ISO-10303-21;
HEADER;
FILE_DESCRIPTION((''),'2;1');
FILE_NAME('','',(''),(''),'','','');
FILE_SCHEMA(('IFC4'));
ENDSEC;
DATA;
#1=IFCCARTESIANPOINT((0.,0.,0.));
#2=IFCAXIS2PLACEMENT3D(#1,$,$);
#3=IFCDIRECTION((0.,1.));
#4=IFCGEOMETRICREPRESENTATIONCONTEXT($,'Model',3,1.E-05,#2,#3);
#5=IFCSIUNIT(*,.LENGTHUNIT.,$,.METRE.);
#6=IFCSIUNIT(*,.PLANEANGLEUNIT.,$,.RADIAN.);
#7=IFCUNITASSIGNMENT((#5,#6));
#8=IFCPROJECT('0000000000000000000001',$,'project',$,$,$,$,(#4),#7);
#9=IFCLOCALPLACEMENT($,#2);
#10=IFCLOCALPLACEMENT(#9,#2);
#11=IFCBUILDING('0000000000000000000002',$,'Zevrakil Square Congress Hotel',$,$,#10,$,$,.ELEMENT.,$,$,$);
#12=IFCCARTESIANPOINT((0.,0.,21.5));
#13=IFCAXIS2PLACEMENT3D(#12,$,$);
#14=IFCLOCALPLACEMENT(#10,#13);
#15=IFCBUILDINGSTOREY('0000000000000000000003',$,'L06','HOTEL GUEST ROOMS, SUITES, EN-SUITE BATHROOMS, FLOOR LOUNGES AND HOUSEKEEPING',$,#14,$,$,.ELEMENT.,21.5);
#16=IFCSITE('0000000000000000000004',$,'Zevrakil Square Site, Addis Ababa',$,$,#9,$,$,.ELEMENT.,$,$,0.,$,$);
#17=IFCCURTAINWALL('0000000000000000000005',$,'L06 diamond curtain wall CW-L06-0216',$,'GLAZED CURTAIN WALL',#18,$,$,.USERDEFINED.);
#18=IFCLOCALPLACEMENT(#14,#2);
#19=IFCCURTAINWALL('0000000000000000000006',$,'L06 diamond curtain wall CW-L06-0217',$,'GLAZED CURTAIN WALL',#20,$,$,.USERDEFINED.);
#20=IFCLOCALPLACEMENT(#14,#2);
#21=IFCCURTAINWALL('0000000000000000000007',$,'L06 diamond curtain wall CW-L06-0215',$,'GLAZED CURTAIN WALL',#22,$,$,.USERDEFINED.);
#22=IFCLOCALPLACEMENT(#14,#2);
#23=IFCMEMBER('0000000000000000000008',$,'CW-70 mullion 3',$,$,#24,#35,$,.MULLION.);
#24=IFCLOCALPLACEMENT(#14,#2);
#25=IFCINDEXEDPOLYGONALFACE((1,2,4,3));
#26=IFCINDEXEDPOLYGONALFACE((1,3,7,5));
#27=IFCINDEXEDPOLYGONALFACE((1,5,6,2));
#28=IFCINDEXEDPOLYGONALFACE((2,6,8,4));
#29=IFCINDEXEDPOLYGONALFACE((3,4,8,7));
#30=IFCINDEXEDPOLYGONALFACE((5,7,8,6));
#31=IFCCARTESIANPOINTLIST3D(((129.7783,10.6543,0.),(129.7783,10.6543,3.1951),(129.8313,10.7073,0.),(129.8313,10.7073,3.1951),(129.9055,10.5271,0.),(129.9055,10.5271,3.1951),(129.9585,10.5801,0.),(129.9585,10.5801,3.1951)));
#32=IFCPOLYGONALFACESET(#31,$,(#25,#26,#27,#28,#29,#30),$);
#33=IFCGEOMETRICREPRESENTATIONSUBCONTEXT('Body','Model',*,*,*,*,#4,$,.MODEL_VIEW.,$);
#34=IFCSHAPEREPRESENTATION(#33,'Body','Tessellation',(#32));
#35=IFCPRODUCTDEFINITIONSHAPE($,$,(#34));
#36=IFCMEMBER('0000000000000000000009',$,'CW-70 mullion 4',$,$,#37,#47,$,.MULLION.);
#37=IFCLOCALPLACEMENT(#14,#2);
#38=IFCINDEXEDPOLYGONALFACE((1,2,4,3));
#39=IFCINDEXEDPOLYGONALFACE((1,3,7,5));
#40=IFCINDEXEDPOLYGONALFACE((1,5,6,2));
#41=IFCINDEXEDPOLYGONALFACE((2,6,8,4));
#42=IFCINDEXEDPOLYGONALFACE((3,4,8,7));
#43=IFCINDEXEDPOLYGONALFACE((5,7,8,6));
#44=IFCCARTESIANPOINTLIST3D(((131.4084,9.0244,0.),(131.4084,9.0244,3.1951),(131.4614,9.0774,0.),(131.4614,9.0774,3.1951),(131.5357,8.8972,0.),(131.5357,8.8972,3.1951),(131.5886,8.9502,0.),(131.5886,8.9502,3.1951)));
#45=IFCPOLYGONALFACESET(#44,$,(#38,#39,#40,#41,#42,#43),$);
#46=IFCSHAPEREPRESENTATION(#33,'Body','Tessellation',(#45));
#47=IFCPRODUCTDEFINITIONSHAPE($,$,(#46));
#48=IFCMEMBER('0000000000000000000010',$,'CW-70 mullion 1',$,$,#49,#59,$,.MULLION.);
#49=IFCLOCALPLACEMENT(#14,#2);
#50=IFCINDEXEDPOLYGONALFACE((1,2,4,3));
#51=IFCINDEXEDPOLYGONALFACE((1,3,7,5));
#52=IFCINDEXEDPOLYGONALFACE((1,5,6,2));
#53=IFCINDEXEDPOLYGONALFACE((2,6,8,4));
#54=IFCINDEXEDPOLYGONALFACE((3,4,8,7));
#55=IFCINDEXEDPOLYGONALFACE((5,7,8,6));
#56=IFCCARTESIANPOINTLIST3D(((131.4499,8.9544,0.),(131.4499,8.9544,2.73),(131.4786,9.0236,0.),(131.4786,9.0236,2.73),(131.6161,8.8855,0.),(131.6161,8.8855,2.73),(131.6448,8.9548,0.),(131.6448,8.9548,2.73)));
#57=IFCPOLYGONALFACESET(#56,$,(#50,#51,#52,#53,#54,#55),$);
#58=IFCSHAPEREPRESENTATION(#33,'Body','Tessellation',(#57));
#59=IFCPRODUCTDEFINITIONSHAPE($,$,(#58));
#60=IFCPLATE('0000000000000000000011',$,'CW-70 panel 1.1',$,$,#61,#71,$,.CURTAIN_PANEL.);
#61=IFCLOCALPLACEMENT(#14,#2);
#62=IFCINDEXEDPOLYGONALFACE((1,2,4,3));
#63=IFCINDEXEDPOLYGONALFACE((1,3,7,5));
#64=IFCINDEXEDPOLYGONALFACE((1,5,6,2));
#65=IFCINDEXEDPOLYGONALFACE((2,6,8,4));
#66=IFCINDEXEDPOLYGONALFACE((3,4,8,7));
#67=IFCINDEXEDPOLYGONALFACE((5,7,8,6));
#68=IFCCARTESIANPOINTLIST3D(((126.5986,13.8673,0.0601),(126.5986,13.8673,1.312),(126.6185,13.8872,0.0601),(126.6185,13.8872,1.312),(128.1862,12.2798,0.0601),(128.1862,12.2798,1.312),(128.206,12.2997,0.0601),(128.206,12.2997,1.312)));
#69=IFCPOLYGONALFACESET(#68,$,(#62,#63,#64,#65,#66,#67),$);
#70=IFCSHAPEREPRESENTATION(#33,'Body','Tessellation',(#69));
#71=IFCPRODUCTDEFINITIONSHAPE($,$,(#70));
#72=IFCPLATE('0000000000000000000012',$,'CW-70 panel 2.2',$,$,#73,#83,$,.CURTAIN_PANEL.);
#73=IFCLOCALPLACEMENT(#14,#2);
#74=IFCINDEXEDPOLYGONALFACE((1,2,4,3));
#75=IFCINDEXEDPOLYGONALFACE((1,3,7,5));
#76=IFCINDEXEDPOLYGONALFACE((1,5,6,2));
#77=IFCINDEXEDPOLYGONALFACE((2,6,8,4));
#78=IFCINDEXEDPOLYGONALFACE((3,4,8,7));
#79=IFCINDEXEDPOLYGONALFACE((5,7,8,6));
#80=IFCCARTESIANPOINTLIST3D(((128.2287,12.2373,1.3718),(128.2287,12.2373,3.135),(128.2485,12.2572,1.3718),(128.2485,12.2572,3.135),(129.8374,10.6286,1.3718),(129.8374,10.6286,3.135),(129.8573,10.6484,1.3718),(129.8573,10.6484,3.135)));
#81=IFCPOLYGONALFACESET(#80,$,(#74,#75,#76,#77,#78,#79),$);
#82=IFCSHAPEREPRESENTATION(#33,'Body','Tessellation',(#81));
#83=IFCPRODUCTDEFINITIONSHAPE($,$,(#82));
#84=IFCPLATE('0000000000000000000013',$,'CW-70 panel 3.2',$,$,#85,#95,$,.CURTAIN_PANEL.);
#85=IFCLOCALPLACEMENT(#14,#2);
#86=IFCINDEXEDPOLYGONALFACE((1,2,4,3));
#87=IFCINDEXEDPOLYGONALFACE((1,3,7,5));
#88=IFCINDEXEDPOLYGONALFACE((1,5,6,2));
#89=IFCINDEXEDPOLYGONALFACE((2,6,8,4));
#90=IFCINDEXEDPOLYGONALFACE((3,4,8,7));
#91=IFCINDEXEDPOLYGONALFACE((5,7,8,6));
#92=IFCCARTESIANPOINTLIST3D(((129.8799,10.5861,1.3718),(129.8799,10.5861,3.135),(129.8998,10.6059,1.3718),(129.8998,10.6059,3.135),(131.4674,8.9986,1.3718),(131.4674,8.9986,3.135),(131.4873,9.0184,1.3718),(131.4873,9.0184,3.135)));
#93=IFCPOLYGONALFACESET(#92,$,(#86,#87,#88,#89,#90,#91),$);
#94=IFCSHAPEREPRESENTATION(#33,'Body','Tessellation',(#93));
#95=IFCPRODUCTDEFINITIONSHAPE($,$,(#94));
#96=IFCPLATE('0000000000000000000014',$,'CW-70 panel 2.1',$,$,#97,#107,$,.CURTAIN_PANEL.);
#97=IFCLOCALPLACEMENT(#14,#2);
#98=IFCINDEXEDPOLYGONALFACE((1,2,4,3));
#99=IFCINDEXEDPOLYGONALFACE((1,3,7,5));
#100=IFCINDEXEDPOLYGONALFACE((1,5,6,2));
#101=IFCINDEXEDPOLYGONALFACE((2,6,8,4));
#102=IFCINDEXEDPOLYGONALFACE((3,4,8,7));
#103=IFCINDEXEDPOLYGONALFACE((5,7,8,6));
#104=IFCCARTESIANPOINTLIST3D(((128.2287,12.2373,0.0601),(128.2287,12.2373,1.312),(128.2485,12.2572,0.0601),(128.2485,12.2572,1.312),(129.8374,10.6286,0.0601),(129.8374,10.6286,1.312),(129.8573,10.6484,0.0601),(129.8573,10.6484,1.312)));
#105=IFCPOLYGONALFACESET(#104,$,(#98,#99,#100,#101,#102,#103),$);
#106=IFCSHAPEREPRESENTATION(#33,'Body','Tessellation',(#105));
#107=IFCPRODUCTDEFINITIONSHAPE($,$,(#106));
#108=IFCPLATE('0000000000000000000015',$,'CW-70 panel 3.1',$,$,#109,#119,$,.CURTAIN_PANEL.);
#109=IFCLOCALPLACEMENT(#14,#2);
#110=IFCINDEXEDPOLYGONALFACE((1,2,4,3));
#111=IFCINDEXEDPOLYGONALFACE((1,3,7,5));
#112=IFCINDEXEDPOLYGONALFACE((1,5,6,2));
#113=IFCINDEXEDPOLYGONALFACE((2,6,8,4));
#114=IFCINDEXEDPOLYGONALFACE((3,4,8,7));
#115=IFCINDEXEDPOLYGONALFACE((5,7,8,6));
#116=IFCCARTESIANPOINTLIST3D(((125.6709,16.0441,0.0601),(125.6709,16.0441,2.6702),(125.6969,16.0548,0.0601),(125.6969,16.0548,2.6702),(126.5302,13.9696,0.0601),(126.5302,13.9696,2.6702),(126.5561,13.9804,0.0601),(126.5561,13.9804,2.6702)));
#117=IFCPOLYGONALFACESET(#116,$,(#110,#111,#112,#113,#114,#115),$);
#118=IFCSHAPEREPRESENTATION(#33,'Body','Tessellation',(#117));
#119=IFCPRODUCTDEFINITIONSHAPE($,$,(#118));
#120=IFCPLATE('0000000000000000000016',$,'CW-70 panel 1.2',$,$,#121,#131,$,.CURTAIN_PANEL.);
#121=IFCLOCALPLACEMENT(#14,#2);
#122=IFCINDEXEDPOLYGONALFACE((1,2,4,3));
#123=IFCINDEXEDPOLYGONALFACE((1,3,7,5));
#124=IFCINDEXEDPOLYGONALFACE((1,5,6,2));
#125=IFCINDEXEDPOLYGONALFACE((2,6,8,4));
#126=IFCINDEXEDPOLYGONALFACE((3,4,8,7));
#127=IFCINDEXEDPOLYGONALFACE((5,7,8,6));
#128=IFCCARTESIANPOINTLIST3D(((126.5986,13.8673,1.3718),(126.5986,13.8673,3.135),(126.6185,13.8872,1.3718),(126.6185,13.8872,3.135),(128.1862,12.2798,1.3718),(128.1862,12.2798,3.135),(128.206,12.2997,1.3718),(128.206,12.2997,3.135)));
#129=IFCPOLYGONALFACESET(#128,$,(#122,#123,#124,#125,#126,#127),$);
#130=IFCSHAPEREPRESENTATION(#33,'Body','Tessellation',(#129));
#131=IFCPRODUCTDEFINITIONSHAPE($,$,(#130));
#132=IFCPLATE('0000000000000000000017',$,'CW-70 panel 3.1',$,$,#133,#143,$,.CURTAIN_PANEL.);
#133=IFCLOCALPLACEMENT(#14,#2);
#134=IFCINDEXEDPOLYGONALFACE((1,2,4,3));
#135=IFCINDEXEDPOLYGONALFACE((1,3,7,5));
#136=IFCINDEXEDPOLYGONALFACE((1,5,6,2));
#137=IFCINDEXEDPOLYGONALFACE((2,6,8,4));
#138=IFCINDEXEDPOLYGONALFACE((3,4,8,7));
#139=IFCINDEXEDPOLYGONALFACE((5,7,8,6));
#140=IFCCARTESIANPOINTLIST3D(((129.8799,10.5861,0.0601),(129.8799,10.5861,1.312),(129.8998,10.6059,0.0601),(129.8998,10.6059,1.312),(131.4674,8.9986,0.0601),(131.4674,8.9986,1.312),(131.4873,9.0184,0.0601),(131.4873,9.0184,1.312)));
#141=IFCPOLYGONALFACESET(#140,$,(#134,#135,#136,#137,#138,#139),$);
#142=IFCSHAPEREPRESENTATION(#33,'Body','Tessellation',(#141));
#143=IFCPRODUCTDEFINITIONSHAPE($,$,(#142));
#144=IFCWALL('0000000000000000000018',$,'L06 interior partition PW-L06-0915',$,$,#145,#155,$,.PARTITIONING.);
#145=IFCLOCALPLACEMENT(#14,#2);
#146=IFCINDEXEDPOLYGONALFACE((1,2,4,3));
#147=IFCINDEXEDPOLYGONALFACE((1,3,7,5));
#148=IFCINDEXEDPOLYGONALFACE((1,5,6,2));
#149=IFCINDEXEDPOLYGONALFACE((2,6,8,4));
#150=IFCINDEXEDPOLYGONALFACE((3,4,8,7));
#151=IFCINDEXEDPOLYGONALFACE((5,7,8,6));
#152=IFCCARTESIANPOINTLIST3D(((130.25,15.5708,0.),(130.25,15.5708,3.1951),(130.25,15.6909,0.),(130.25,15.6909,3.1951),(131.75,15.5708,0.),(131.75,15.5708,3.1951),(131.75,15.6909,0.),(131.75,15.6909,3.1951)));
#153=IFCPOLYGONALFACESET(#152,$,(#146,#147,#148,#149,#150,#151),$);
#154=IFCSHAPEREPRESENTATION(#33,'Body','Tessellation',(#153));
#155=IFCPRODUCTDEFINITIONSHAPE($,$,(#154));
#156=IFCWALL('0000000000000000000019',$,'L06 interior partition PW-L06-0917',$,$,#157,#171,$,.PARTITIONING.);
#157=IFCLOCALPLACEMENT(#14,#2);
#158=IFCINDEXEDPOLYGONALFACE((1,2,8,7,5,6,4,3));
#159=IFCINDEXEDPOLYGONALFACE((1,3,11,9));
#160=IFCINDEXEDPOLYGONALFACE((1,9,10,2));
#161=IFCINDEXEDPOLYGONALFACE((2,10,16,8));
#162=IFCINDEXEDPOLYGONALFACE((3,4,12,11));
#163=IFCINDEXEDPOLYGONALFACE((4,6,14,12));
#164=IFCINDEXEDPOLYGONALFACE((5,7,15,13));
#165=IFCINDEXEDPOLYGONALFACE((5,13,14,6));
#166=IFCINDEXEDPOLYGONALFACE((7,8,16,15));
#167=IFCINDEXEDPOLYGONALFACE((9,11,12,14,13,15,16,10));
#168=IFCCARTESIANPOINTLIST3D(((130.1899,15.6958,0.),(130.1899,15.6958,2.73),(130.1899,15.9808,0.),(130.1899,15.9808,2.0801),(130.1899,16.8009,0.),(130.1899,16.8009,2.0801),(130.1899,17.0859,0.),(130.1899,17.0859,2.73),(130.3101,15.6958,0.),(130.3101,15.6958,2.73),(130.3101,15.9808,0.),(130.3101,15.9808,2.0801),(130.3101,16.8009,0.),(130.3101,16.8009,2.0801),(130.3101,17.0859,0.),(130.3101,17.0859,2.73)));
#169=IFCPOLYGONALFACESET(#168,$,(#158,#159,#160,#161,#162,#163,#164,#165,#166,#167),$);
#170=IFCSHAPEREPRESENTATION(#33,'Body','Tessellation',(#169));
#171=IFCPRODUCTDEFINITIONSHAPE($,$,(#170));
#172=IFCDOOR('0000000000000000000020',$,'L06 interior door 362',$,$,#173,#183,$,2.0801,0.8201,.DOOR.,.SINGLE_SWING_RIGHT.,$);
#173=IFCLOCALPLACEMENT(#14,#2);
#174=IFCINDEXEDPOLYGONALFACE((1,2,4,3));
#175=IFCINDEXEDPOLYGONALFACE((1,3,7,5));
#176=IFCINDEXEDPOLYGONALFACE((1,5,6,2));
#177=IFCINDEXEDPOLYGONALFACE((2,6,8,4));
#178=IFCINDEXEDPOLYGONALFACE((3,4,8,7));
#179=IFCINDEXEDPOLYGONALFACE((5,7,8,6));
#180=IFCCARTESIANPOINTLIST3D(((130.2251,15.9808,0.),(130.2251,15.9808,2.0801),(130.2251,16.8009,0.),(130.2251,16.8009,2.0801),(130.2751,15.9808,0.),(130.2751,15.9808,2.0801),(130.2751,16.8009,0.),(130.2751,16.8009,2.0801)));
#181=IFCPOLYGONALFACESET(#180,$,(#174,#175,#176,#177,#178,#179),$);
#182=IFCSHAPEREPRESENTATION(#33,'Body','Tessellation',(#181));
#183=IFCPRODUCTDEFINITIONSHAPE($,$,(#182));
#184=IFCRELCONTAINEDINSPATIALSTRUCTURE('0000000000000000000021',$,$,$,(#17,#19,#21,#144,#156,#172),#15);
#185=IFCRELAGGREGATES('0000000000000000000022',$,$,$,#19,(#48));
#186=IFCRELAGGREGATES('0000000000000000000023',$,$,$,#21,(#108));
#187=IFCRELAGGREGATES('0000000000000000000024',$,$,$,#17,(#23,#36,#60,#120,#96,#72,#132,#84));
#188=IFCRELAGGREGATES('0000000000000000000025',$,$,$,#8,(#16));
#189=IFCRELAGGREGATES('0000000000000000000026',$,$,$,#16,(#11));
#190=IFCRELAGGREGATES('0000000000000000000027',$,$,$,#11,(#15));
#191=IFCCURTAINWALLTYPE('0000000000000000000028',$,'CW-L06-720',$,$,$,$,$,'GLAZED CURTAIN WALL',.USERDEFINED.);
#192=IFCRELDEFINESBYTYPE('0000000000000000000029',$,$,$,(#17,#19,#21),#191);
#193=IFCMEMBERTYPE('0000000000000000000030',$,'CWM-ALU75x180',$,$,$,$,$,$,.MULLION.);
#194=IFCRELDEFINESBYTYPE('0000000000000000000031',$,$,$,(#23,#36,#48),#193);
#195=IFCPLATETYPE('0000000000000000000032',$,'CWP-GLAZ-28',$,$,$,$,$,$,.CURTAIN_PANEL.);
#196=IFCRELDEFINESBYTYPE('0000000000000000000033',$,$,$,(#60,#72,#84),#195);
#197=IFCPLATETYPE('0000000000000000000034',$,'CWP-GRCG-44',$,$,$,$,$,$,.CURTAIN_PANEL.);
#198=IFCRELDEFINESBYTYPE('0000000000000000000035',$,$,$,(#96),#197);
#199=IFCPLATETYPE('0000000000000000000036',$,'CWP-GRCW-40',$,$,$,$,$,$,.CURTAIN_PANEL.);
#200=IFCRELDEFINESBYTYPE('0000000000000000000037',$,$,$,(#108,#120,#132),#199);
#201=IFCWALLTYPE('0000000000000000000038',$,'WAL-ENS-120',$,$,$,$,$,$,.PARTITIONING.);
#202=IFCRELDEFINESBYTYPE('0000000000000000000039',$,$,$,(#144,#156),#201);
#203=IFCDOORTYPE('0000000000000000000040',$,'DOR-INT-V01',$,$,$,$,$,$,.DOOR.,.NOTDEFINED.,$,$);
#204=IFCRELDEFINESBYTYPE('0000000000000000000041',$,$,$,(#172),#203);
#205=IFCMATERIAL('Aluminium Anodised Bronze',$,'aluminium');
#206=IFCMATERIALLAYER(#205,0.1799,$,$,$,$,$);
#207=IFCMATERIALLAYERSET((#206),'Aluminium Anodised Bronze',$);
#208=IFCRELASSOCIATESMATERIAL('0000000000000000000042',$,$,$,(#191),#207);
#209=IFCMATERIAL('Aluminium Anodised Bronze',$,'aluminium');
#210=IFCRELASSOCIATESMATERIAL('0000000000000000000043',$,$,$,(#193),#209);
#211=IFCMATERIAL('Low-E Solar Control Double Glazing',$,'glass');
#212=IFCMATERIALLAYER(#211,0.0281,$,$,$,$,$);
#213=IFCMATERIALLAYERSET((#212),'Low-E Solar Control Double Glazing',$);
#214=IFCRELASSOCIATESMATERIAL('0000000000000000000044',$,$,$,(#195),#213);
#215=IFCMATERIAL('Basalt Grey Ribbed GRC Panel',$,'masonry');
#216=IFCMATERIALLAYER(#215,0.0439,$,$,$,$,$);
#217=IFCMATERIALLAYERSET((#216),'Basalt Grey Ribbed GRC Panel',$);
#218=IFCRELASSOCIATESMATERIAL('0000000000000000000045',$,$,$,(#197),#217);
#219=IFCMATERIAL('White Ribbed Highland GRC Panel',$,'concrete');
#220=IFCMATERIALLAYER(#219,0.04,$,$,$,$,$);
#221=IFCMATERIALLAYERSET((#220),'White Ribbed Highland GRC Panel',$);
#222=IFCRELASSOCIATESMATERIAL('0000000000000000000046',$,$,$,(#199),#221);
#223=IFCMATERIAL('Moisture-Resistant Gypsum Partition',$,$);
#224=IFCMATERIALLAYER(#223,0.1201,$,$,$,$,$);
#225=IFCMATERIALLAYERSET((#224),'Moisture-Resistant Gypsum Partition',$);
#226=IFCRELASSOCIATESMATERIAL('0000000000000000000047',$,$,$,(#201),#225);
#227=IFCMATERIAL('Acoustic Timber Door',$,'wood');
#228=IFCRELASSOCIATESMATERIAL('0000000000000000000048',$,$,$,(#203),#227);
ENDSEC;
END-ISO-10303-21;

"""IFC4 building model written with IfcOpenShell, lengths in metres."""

from ifc_helpers import new_model, si_unit, direction, frame, frame_2d, origin, origin_2d, place, context, subcontext, project, spatial, rectangle, extrude, material, layer, layer_set, material_profile, profile_set, type_object, element, fill, aggregate, save


model = new_model("IFC4")

# Units and contexts
model_context = context("Model", 3, precision=1e-05, world=origin(), true_north=direction((0.0, 1.0)))
body_context = subcontext(model_context, "Body", "Model", "MODEL_VIEW")
ifc_project = project(units=[si_unit("LENGTHUNIT", "METRE"), si_unit("PLANEANGLEUNIT", "RADIAN")], contexts=[model_context])

# Site, building, storey
site_placement = place(None, origin())
site = spatial("IfcSite", under=ifc_project, at=site_placement, Name="Zevrakil Square Site, Addis Ababa", CompositionType="ELEMENT", RefElevation=0.0)
building_placement = place(site_placement, origin())
building = spatial("IfcBuilding", under=site, at=building_placement, Name="Zevrakil Square Congress Hotel", CompositionType="ELEMENT")
storey_placement = place(building_placement, frame((0.0, 0.0, 21.5)))
storey = spatial("IfcBuildingStorey", under=building, at=storey_placement, Name="L06", Description="HOTEL GUEST ROOMS, SUITES, EN-SUITE BATHROOMS, FLOOR LOUNGES AND HOUSEKEEPING", CompositionType="ELEMENT", Elevation=21.5)

# Curtain walls
ifc_material_1 = material(Name="Aluminium Anodised Bronze", Category="aluminium")
ifc_layer_1 = layer(ifc_material_1, 0.1799)
ifc_layer_set_1 = layer_set([ifc_layer_1], Name="Aluminium Anodised Bronze")
curtain_wall_type = type_object("IfcCurtainWallType", Name="CW-L06-720", ElementType="GLAZED CURTAIN WALL", PredefinedType="USERDEFINED", material=ifc_layer_set_1)
curtain_wall_1_placement = place(storey_placement, origin())
curtain_wall_1 = element("IfcCurtainWall", 1, at=curtain_wall_1_placement, inside=storey, type_object=curtain_wall_type, Name="L06 diamond curtain wall CW-L06-0216", ObjectType="GLAZED CURTAIN WALL", PredefinedType="USERDEFINED")
curtain_wall_2_placement = place(storey_placement, origin())
curtain_wall_2 = element("IfcCurtainWall", 2, at=curtain_wall_2_placement, inside=storey, type_object=curtain_wall_type, Name="L06 diamond curtain wall CW-L06-0217", ObjectType="GLAZED CURTAIN WALL", PredefinedType="USERDEFINED")

# Curtain wall
curtain_wall_3_placement = place(storey_placement, origin())
curtain_wall_3 = element("IfcCurtainWall", 3, at=curtain_wall_3_placement, inside=storey, type_object=curtain_wall_type, Name="L06 diamond curtain wall CW-L06-0215", ObjectType="GLAZED CURTAIN WALL", PredefinedType="USERDEFINED")
ifc_material_2 = material(Name="Aluminium Anodised Bronze", Category="aluminium")
ifc_material_profile_1 = material_profile(ifc_material_2, rectangle(XDim=0.075, YDim=0.1799, at=origin_2d()), Name="ALU 75x180")
ifc_profile_set_1 = profile_set([ifc_material_profile_1], Name="Aluminium Anodised Bronze")
member_type_1 = type_object("IfcMemberType", Name="CWM-ALU75x180", PredefinedType="MULLION", material=ifc_profile_set_1)

# Members
member_1_placement = place(storey_placement, frame((129.8684, 10.6172, 0.0), z_axis=(0.0, 0.0, 1.0), x_axis=(0.707107, 0.707107, 0.0)))
member_1 = element("IfcMember", 4, at=member_1_placement, type_object=member_type_1, Name="CW-70 mullion 3", PredefinedType="MULLION", context=body_context, shape_type="SweptSolid", body=[
    extrude(rectangle(XDim=0.075, YDim=0.1799, at=origin_2d()), origin(), (0.0, 0.0, 1.0), 3.1951),
])
member_2_placement = place(storey_placement, frame((131.4985, 8.9873, 0.0), z_axis=(0.0, 0.0, 1.0), x_axis=(0.707107, 0.707107, 0.0)))
member_2 = element("IfcMember", 5, at=member_2_placement, type_object=member_type_1, Name="CW-70 mullion 4", PredefinedType="MULLION", context=body_context, shape_type="SweptSolid", body=[
    extrude(rectangle(XDim=0.075, YDim=0.1799, at=origin_2d()), origin(), (0.0, 0.0, 1.0), 3.1951),
])
member_3_placement = place(storey_placement, frame((131.5474, 8.9546, 0.0), z_axis=(0.0, 0.0, 1.0), x_axis=(0.382684, 0.923879, 0.0)))
member_3 = element("IfcMember", 6, at=member_3_placement, type_object=member_type_1, Name="CW-70 mullion 1", PredefinedType="MULLION", context=body_context, shape_type="SweptSolid", body=[
    extrude(rectangle(XDim=0.075, YDim=0.1799, at=origin_2d()), origin(), (0.0, 0.0, 1.0), 2.73),
])
aggregate(curtain_wall_2, [member_3])

# Plates
ifc_material_3 = material(Name="Low-E Solar Control Double Glazing", Category="glass")
ifc_layer_2 = layer(ifc_material_3, 0.0281)
ifc_layer_set_2 = layer_set([ifc_layer_2], Name="Low-E Solar Control Double Glazing")
plate_type_1 = type_object("IfcPlateType", Name="CWP-GLAZ-28", PredefinedType="CURTAIN_PANEL", material=ifc_layer_set_2)
plate_1_placement = place(storey_placement, frame((127.4023, 13.0835, 0.0601), z_axis=(0.0, 0.0, 1.0), x_axis=(0.707107, -0.707107, 0.0)))
plate_1 = element("IfcPlate", 7, at=plate_1_placement, type_object=plate_type_1, Name="CW-70 panel 1.1", PredefinedType="CURTAIN_PANEL", context=body_context, shape_type="SweptSolid", body=[
    extrude(rectangle(XDim=2.2451, YDim=0.0281, at=origin_2d()), origin(), (0.0, 0.0, 1.0), 1.252),
])
plate_2_placement = place(storey_placement, frame((129.043, 11.4429, 1.3718), z_axis=(0.0, 0.0, 1.0), x_axis=(0.707107, -0.707107, 0.0)))
plate_2 = element("IfcPlate", 8, at=plate_2_placement, type_object=plate_type_1, Name="CW-70 panel 2.2", PredefinedType="CURTAIN_PANEL", context=body_context, shape_type="SweptSolid", body=[
    extrude(rectangle(XDim=2.2751, YDim=0.0281, at=origin_2d()), origin(), (0.0, 0.0, 1.0), 1.7632),
])
plate_3_placement = place(storey_placement, frame((130.6836, 9.8022, 1.3718), z_axis=(0.0, 0.0, 1.0), x_axis=(0.707107, -0.707107, 0.0)))
plate_3 = element("IfcPlate", 9, at=plate_3_placement, type_object=plate_type_1, Name="CW-70 panel 3.2", PredefinedType="CURTAIN_PANEL", context=body_context, shape_type="SweptSolid", body=[
    extrude(rectangle(XDim=2.2451, YDim=0.0281, at=origin_2d()), origin(), (0.0, 0.0, 1.0), 1.7632),
])
ifc_material_4 = material(Name="Basalt Grey Ribbed GRC Panel", Category="masonry")
ifc_layer_3 = layer(ifc_material_4, 0.0439)
ifc_layer_set_3 = layer_set([ifc_layer_3], Name="Basalt Grey Ribbed GRC Panel")
plate_type_2 = type_object("IfcPlateType", Name="CWP-GRCG-44", PredefinedType="CURTAIN_PANEL", material=ifc_layer_set_3)
plate_4_placement = place(storey_placement, frame((129.043, 11.4429, 0.0601), z_axis=(0.0, 0.0, 1.0), x_axis=(0.707107, -0.707107, 0.0)))
plate_4 = element("IfcPlate", 10, at=plate_4_placement, type_object=plate_type_2, Name="CW-70 panel 2.1", PredefinedType="CURTAIN_PANEL", context=body_context, shape_type="SweptSolid", body=[
    extrude(rectangle(XDim=2.2751, YDim=0.0281, at=origin_2d()), origin(), (0.0, 0.0, 1.0), 1.252),
])
ifc_material_5 = material(Name="White Ribbed Highland GRC Panel", Category="concrete")
ifc_layer_4 = layer(ifc_material_5, 0.04)
ifc_layer_set_4 = layer_set([ifc_layer_4], Name="White Ribbed Highland GRC Panel")
plate_type_3 = type_object("IfcPlateType", Name="CWP-GRCW-40", PredefinedType="CURTAIN_PANEL", material=ifc_layer_set_4)
plate_5_placement = place(storey_placement, frame((126.1135, 15.0122, 0.0601), z_axis=(0.0, 0.0, 1.0), x_axis=(0.382684, -0.923879, 0.0)))
plate_5 = element("IfcPlate", 11, at=plate_5_placement, type_object=plate_type_3, Name="CW-70 panel 3.1", PredefinedType="CURTAIN_PANEL", context=body_context, shape_type="SweptSolid", body=[
    extrude(rectangle(XDim=2.2454, YDim=0.0281, at=origin_2d()), origin(), (0.0, 0.0, 1.0), 2.6101),
])
aggregate(curtain_wall_3, [plate_5])
plate_6_placement = place(storey_placement, frame((127.4023, 13.0835, 1.3718), z_axis=(0.0, 0.0, 1.0), x_axis=(0.707107, -0.707107, 0.0)))
plate_6 = element("IfcPlate", 12, at=plate_6_placement, type_object=plate_type_3, Name="CW-70 panel 1.2", PredefinedType="CURTAIN_PANEL", context=body_context, shape_type="SweptSolid", body=[
    extrude(rectangle(XDim=2.2451, YDim=0.0281, at=origin_2d()), origin(), (0.0, 0.0, 1.0), 1.7632),
])
plate_7_placement = place(storey_placement, frame((130.6836, 9.8022, 0.0601), z_axis=(0.0, 0.0, 1.0), x_axis=(0.707107, -0.707107, 0.0)))
plate_7 = element("IfcPlate", 13, at=plate_7_placement, type_object=plate_type_3, Name="CW-70 panel 3.1", PredefinedType="CURTAIN_PANEL", context=body_context, shape_type="SweptSolid", body=[
    extrude(rectangle(XDim=2.2451, YDim=0.0281, at=origin_2d()), origin(), (0.0, 0.0, 1.0), 1.252),
])
aggregate(curtain_wall_1, [member_1, member_2, plate_1, plate_6, plate_4, plate_2, plate_7, plate_3])

# Wall
ifc_material_6 = material(Name="Moisture-Resistant Gypsum Partition")
ifc_layer_5 = layer(ifc_material_6, 0.1201)
ifc_layer_set_5 = layer_set([ifc_layer_5], Name="Moisture-Resistant Gypsum Partition")
wall_type = type_object("IfcWallType", Name="WAL-ENS-120", PredefinedType="PARTITIONING", material=ifc_layer_set_5)
wall_1_placement = place(storey_placement, frame((130.25, 15.6309, 0.0), z_axis=(0.0, 0.0, 1.0), x_axis=(1.0, 0.0, 0.0)))
element("IfcWall", 14, at=wall_1_placement, inside=storey, type_object=wall_type, Name="L06 interior partition PW-L06-0915", PredefinedType="PARTITIONING", context=body_context, shape_type="SweptSolid", body=[
    extrude(rectangle(XDim=1.5, YDim=0.1201, at=frame_2d((0.75, 0.0))), origin(), (0.0, 0.0, 1.0), 3.1951),
])

# Wall, opening, door
wall_2_placement = place(storey_placement, frame((130.25, 15.6958, 0.0), z_axis=(0.0, 0.0, 1.0), x_axis=(0.0, 1.0, 0.0)))
wall_2 = element("IfcWall", 15, at=wall_2_placement, inside=storey, type_object=wall_type, Name="L06 interior partition PW-L06-0917", PredefinedType="PARTITIONING", context=body_context, shape_type="SweptSolid", body=[
    extrude(rectangle(XDim=1.3901, YDim=0.1201, at=frame_2d((0.6951, 0.0))), origin(), (0.0, 0.0, 1.0), 2.73),
])
opening_placement = place(wall_2_placement, frame((0.2849, 0.0, 0.0)))
opening = element("IfcOpeningElement", 16, at=opening_placement, cuts=wall_2, PredefinedType="OPENING", context=body_context, shape_type="SweptSolid", body=[
    extrude(rectangle(XDim=0.8201, YDim=2.0801, at=frame_2d((0.4102, 1.04))), frame((0.0, 0.0701, 0.0), z_axis=(0.0, -1.0, 0.0), x_axis=(1.0, 0.0, 0.0)), (0.0, 0.0, 1.0), 0.1401),
])
ifc_material_7 = material(Name="Acoustic Timber Door", Category="wood")
door_type = type_object("IfcDoorType", Name="DOR-INT-V01", OperationType="NOTDEFINED", PredefinedType="DOOR", material=ifc_material_7)
door_placement = place(opening_placement, origin())
door = element("IfcDoor", 17, at=door_placement, inside=storey, type_object=door_type, Name="L06 interior door 362", OperationType="SINGLE_SWING_RIGHT", OverallHeight=2.0801, OverallWidth=0.8201, PredefinedType="DOOR", context=body_context, shape_type="SweptSolid", body=[
    extrude(rectangle(XDim=0.8201, YDim=2.0801, at=frame_2d((0.4102, 1.04))), frame((0.0, 0.0249, 0.0), z_axis=(0.0, -1.0, 0.0), x_axis=(1.0, 0.0, 0.0)), (0.0, 0.0, 1.0), 0.05),
])
fill(opening, door)

save(model, "model.ifc")
